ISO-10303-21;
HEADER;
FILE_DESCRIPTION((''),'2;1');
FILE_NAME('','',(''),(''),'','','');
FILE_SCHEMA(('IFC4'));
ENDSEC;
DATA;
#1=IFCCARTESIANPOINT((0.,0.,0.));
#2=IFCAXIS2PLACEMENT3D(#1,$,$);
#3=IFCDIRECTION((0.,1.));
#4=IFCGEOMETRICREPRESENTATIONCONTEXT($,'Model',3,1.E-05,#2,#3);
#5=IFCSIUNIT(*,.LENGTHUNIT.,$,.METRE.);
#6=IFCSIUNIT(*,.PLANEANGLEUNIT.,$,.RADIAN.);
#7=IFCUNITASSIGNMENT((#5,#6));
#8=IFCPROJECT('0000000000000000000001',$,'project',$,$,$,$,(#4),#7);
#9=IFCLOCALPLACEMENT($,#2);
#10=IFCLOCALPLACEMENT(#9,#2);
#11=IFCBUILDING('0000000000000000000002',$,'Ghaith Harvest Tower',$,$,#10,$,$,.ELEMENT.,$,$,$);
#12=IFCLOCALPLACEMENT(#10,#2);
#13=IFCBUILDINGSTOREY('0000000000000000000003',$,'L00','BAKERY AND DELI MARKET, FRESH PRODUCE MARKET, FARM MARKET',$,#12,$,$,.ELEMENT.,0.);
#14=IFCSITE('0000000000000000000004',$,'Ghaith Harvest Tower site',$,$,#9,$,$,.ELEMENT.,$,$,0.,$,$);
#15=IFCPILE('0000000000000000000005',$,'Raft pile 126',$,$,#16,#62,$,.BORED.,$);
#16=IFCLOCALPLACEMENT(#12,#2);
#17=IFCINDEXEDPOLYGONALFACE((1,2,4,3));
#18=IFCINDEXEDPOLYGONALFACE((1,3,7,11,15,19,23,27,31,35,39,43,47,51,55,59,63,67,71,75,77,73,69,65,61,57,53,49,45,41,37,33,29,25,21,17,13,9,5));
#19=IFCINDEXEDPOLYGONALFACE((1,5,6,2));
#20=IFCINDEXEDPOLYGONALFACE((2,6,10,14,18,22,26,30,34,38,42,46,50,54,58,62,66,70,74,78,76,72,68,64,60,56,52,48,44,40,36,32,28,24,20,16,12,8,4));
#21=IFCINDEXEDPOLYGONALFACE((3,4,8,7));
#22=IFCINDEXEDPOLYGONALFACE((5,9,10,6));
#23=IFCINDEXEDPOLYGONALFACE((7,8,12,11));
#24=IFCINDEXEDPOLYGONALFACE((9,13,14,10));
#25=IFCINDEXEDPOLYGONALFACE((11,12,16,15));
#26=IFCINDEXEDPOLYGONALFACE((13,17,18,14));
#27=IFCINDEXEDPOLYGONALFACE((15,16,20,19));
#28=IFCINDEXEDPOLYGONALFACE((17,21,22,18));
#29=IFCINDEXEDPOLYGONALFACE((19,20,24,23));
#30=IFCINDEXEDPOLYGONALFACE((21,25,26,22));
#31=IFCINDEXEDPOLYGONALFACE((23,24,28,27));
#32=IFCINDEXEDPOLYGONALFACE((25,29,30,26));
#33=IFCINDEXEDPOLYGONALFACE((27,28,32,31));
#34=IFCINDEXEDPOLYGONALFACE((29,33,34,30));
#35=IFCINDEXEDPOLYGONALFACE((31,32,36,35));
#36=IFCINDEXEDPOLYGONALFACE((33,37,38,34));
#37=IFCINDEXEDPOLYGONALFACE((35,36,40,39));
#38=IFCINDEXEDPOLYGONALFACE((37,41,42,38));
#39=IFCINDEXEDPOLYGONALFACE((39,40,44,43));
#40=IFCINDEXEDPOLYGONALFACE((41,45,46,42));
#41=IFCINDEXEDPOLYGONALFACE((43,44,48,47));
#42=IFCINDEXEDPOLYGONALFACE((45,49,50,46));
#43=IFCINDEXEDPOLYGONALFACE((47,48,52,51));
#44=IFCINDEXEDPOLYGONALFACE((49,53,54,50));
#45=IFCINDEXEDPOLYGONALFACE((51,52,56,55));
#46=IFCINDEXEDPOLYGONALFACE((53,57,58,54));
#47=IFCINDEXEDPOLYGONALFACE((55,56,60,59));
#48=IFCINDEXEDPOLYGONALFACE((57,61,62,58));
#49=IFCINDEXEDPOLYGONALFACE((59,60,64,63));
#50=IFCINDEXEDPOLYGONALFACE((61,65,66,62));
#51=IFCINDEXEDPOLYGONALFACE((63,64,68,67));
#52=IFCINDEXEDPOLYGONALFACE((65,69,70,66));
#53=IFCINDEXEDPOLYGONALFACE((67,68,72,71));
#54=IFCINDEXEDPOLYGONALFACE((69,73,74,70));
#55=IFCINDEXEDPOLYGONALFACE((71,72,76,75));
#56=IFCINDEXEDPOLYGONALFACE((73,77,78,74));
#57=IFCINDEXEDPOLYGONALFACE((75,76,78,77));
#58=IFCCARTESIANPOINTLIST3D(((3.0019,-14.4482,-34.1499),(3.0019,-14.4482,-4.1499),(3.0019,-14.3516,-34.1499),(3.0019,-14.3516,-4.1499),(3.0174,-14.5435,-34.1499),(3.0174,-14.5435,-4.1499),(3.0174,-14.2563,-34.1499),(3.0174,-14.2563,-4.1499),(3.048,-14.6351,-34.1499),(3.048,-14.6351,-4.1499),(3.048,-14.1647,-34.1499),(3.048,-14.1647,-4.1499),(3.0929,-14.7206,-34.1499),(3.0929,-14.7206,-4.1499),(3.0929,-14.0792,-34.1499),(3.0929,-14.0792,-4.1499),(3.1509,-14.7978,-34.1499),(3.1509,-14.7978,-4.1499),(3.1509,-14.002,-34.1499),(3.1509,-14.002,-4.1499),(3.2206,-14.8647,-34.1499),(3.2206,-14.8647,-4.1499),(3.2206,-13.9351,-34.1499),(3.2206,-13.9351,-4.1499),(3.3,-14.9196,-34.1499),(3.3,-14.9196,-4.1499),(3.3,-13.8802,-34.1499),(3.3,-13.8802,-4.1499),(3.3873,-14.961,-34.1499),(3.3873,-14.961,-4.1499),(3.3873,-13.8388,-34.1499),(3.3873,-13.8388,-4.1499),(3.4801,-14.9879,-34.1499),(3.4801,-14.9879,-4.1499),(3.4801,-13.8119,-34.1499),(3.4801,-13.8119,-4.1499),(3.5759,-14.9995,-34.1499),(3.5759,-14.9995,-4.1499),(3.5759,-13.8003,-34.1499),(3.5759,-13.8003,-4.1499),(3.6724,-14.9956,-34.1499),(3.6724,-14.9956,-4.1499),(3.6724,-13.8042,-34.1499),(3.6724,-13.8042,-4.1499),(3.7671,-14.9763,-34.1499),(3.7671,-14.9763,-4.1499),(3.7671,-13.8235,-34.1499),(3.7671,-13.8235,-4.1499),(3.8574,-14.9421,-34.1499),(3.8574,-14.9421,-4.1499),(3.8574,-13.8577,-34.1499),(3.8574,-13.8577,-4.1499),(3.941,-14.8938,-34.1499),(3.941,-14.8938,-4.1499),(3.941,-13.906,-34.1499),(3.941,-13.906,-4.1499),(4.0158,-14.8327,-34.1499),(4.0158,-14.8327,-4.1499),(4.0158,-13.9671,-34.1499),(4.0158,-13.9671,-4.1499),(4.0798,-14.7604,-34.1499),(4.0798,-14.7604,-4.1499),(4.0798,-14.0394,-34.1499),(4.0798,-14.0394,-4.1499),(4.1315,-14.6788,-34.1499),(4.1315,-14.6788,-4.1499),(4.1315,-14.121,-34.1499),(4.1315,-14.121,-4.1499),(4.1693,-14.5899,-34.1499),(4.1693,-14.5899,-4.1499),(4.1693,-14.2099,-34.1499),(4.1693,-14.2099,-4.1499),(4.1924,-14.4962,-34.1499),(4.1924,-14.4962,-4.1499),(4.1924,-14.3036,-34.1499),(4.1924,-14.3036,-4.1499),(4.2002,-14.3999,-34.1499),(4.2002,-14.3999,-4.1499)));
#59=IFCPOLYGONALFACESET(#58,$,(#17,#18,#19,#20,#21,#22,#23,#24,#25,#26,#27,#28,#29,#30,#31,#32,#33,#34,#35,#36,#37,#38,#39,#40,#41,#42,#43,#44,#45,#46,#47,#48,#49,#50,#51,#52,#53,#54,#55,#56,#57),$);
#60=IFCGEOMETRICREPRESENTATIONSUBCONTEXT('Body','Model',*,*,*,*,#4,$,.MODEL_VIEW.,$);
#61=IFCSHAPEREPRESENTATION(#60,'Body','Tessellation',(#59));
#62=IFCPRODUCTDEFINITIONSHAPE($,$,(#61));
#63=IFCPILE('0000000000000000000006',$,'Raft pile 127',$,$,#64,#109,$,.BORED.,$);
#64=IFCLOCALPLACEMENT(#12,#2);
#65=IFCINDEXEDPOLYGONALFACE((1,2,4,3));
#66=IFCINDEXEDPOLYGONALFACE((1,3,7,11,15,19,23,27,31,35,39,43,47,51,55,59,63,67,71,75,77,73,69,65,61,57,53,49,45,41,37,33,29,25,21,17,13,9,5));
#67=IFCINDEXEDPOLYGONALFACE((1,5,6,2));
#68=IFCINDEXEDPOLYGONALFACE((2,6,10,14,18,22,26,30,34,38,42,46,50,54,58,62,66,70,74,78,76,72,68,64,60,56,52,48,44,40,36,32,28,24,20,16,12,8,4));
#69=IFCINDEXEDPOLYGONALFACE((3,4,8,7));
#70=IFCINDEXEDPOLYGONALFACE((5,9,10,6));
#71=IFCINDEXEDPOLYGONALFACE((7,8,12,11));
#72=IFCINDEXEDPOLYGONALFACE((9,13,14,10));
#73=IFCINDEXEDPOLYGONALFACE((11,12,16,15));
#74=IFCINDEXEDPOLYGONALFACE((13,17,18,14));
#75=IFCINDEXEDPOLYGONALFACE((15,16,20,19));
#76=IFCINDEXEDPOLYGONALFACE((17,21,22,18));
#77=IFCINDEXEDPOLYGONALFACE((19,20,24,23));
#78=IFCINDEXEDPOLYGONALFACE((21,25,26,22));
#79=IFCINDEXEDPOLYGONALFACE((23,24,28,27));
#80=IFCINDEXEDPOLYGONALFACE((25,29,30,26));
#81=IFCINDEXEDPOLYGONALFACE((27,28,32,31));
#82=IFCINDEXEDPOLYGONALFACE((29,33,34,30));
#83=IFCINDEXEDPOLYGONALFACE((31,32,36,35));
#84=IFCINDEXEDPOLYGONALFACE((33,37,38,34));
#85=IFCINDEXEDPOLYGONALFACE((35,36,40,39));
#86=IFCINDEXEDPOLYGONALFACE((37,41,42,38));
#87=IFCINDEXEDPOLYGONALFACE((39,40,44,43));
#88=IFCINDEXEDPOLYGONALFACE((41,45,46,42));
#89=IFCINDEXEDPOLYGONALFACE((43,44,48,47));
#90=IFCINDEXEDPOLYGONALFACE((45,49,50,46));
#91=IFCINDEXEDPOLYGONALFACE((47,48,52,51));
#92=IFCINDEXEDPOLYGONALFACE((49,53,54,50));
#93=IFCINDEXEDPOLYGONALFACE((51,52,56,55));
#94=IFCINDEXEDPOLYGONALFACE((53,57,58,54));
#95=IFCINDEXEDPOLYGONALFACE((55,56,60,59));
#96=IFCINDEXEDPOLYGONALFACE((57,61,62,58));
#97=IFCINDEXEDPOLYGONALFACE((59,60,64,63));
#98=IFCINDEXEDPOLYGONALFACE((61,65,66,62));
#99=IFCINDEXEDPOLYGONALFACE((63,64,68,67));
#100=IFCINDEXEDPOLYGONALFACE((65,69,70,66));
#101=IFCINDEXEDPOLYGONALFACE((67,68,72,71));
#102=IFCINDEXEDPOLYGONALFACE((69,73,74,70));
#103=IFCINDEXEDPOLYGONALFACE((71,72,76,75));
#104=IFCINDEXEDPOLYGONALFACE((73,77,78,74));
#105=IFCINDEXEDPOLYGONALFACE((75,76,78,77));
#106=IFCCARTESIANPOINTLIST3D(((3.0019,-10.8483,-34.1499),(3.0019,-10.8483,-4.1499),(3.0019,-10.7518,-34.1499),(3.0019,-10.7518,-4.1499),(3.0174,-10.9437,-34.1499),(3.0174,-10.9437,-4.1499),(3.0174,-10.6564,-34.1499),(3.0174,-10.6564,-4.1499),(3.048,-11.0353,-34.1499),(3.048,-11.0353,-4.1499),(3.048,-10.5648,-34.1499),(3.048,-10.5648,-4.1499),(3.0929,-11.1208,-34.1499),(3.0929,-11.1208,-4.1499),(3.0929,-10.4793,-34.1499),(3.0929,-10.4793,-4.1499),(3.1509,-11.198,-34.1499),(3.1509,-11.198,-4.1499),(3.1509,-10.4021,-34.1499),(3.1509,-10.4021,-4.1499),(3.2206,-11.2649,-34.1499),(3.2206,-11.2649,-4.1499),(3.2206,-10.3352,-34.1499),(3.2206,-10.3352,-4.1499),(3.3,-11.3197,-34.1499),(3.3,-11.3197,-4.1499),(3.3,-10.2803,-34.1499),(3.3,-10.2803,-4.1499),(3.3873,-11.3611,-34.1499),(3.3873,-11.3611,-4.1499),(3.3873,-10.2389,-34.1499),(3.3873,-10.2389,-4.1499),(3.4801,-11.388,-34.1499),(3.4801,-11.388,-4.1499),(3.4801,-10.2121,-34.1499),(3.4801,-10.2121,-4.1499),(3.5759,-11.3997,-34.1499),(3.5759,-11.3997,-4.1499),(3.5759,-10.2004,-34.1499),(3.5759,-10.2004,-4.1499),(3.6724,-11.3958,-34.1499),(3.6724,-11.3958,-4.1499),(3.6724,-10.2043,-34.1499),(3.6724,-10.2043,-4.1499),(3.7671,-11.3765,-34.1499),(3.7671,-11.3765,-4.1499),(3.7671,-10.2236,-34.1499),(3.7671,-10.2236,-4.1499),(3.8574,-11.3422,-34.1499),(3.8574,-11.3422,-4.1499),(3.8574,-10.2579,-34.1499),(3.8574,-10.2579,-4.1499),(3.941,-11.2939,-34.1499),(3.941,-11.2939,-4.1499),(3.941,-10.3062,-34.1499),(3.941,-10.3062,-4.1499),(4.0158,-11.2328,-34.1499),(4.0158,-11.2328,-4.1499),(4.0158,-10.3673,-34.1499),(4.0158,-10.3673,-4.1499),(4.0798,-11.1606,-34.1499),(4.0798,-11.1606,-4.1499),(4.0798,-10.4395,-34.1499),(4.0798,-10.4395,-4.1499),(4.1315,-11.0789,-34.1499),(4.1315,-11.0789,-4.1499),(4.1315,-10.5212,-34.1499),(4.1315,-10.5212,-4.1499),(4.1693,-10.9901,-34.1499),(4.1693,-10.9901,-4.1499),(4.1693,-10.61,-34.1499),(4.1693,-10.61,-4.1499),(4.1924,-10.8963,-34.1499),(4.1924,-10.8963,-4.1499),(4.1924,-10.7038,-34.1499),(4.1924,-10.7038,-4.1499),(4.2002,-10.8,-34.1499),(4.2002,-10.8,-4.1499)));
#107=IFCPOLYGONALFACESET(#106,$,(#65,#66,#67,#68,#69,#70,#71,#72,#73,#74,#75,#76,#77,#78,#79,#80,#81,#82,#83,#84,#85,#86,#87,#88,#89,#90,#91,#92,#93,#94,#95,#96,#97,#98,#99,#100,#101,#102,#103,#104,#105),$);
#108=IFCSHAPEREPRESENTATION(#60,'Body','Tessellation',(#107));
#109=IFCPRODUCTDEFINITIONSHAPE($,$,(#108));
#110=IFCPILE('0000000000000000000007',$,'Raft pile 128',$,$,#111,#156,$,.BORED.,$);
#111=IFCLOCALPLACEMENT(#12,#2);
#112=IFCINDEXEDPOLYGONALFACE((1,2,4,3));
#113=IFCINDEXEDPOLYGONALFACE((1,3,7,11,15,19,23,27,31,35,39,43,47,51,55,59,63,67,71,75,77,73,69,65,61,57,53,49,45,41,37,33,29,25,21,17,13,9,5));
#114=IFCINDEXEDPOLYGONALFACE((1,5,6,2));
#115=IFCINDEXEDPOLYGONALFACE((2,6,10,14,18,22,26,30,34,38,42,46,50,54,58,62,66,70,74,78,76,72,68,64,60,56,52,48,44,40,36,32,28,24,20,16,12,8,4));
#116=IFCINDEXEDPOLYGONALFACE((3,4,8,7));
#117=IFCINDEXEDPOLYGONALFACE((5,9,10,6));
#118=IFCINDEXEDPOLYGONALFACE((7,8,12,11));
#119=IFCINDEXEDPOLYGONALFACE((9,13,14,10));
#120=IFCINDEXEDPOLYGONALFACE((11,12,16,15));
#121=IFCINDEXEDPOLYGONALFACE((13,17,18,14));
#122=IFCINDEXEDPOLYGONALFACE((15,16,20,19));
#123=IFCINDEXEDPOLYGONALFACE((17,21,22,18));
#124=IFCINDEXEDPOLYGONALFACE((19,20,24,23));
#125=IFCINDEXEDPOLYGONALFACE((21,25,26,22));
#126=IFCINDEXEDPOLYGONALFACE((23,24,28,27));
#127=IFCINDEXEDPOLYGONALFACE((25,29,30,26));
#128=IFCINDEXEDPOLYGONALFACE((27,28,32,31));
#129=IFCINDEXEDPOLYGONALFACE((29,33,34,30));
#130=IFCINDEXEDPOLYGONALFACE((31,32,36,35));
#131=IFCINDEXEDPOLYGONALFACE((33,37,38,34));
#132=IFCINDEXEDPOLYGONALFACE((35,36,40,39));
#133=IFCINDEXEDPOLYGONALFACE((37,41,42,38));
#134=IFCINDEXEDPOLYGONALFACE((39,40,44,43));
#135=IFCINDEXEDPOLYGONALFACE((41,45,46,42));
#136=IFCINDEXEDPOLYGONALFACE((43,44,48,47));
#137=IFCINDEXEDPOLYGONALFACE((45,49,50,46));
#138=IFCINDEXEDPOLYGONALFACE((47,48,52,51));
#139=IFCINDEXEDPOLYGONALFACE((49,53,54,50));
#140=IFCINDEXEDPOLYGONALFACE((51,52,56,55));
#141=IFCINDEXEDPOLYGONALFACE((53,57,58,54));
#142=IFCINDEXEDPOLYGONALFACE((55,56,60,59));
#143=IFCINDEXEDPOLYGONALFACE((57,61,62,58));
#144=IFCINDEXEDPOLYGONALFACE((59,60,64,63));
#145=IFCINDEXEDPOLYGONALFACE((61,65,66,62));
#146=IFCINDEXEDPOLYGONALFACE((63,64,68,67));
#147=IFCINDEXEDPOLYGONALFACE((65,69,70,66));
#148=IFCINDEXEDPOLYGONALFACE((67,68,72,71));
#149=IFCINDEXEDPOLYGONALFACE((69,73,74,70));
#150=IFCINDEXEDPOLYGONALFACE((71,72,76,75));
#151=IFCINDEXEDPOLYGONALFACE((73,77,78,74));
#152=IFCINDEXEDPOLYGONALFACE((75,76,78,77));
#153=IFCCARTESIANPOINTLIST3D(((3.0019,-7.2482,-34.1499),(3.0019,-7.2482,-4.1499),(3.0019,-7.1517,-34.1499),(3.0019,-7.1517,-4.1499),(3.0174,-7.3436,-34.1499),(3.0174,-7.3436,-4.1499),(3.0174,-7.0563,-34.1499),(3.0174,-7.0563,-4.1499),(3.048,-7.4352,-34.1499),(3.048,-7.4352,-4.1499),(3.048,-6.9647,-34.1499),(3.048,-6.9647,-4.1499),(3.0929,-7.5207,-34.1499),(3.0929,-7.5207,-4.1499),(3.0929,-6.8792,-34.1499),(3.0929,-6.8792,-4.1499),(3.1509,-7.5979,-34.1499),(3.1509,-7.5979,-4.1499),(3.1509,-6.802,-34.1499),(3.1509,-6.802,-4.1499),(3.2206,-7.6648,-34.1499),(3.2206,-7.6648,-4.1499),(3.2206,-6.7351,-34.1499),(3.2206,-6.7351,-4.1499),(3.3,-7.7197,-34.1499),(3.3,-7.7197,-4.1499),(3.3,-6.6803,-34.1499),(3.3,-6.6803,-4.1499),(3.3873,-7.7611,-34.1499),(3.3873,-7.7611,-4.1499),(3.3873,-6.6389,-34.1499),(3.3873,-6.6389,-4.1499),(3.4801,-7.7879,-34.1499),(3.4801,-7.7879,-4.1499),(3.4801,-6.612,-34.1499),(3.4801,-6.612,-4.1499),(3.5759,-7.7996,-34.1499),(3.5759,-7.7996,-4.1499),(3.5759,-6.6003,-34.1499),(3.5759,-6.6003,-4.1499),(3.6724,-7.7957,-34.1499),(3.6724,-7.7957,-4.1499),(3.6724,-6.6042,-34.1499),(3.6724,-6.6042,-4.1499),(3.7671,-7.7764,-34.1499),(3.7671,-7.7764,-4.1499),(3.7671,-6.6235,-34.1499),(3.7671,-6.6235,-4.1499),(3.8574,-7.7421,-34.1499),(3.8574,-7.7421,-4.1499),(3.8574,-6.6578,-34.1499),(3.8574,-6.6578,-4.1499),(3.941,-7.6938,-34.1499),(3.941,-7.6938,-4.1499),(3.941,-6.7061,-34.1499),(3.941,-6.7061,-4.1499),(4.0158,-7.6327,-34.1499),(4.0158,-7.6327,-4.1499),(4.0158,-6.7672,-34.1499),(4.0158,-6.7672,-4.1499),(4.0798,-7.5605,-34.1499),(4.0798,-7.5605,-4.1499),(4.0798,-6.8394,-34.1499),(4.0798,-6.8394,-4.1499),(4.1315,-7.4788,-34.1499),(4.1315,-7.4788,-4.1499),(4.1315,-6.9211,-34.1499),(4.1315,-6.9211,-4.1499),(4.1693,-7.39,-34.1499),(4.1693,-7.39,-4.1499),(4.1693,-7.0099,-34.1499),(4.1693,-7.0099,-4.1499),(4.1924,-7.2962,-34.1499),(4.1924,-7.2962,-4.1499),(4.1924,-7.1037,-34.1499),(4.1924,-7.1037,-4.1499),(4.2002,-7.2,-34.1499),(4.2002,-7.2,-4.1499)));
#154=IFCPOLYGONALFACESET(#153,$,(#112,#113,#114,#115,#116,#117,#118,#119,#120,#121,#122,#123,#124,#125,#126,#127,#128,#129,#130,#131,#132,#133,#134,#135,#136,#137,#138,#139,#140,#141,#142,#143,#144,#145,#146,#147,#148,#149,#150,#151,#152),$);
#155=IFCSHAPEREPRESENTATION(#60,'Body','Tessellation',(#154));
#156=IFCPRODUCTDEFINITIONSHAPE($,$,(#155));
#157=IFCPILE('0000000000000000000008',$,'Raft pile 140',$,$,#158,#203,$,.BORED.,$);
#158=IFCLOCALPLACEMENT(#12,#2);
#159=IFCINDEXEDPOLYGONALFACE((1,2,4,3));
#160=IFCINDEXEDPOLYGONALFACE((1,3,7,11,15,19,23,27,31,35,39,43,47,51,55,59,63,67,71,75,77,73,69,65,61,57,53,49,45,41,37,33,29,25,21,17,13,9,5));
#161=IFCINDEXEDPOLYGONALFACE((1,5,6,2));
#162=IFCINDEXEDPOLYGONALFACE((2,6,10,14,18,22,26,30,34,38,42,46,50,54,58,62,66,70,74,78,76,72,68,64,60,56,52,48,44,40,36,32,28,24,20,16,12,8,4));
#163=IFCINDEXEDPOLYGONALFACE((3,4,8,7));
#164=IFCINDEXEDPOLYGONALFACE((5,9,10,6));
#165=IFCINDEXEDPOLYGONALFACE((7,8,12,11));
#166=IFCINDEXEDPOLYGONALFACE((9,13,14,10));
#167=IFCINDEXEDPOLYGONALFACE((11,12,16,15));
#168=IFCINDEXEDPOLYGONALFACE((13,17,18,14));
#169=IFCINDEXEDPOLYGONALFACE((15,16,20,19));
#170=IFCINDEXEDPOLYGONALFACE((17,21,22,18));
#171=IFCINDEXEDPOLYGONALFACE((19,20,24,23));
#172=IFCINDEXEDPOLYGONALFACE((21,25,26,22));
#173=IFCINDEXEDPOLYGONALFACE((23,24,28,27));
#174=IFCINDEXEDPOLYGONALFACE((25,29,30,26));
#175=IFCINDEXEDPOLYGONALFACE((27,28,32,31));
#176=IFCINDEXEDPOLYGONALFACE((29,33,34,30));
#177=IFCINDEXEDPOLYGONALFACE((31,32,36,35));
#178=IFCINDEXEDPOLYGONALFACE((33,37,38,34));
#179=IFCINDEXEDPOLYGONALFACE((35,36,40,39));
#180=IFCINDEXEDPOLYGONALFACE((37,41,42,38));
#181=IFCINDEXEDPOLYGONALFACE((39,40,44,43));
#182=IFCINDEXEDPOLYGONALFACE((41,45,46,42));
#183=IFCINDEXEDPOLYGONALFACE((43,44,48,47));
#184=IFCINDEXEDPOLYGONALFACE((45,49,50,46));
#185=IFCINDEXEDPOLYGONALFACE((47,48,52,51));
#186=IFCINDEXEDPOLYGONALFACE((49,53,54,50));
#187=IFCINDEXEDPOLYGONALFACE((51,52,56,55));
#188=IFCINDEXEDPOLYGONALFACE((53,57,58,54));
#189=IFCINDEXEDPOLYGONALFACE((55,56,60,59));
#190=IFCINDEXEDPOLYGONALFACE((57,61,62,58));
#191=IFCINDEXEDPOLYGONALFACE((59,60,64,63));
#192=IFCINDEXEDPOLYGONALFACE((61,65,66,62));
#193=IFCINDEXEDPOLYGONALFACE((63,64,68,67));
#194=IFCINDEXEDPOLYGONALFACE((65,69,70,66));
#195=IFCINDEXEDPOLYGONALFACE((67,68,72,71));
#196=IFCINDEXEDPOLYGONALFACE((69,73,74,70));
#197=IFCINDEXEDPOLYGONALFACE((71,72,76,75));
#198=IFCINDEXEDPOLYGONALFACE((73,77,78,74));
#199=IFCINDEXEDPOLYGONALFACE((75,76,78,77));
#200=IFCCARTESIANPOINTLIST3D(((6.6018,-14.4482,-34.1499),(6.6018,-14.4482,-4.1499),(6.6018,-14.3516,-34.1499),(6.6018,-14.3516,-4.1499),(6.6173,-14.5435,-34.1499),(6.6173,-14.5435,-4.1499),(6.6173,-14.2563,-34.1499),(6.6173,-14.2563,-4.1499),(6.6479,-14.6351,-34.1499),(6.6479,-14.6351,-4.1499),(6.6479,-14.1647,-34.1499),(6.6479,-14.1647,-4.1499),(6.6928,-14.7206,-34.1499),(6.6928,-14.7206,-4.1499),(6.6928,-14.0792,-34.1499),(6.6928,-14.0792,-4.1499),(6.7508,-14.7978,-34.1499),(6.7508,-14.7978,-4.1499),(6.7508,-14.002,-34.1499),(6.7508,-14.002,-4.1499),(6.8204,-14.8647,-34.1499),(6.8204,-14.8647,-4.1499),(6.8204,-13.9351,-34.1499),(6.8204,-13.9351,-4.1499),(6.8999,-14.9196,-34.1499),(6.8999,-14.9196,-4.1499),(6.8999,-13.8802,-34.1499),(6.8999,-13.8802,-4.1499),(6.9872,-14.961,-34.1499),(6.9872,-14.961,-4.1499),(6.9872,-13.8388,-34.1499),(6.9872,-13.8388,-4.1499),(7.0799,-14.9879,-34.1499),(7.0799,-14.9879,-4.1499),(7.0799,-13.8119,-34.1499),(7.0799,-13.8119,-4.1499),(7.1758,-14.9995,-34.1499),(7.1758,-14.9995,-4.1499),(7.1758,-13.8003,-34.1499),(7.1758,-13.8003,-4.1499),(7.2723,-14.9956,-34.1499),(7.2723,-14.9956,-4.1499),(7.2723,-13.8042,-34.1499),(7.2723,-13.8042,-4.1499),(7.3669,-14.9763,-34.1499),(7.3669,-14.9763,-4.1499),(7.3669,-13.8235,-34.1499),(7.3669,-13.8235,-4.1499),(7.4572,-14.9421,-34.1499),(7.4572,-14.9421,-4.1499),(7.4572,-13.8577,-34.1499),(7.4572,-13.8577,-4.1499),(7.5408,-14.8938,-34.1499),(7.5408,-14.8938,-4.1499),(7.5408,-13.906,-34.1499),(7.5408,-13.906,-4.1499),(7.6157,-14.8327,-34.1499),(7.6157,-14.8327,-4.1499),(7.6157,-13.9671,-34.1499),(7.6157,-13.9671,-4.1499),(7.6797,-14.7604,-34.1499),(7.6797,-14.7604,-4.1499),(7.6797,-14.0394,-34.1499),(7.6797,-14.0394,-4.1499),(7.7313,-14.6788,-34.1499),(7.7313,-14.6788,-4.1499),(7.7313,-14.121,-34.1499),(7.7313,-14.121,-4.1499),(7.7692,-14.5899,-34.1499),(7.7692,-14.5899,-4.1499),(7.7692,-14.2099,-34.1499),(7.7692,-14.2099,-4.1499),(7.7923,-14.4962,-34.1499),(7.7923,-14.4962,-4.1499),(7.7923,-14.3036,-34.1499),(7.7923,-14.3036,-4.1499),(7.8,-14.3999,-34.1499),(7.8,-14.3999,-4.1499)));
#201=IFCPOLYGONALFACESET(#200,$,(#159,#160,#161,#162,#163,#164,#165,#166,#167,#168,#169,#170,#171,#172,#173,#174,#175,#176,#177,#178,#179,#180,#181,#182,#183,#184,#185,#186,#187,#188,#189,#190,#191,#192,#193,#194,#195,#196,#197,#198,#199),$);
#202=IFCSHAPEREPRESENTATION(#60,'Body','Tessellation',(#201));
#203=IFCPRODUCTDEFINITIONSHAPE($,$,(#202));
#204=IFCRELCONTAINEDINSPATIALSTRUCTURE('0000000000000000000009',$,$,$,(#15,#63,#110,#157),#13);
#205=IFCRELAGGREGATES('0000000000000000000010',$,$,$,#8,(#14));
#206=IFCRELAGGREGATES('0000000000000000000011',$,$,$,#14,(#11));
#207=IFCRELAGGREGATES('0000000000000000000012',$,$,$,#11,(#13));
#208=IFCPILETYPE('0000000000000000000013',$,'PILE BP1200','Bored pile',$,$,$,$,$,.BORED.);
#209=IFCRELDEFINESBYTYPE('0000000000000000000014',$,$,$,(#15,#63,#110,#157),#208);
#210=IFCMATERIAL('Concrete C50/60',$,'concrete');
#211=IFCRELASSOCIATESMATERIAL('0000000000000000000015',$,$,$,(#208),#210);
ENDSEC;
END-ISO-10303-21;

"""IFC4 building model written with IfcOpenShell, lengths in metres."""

from ifc_helpers import new_model, si_unit, direction, frame, origin, origin_2d, place, context, subcontext, project, spatial, circle, extrude, material, material_profile, profile_set, type_object, element, save


model = new_model("IFC4")

# Units and contexts
model_context = context("Model", 3, precision=1e-05, world=origin(), true_north=direction((0.0, 1.0)))
body_context = subcontext(model_context, "Body", "Model", "MODEL_VIEW")
ifc_project = project(units=[si_unit("LENGTHUNIT", "METRE"), si_unit("PLANEANGLEUNIT", "RADIAN")], contexts=[model_context])

# Site, building, storey
site_placement = place(None, origin())
site = spatial("IfcSite", under=ifc_project, at=site_placement, Name="Ghaith Harvest Tower site", CompositionType="ELEMENT", RefElevation=0.0)
building_placement = place(site_placement, origin())
building = spatial("IfcBuilding", under=site, at=building_placement, Name="Ghaith Harvest Tower", CompositionType="ELEMENT")
storey_placement = place(building_placement, origin())
storey = spatial("IfcBuildingStorey", under=building, at=storey_placement, Name="L00", Description="BAKERY AND DELI MARKET, FRESH PRODUCE MARKET, FARM MARKET", CompositionType="ELEMENT", Elevation=0.0)

# Piles
ifc_material_1 = material(Name="Concrete C50/60", Category="concrete")
ifc_material_profile = material_profile(ifc_material_1, circle(Radius=0.6001, at=origin_2d()), Name="PILE1200")
ifc_profile_set = profile_set([ifc_material_profile], Name="Concrete C50/60")
pile_type = type_object("IfcPileType", Name="PILE BP1200", Description="Bored pile", PredefinedType="BORED", material=ifc_profile_set)
for number, where, z_axis, x_axis, name in (
    (1, (3.6001, -14.3999, -4.1499), (0.0, 0.0, -1.0), (1.0, 0.0, 0.0), "Raft pile 126"),
    (2, (3.6001, -10.8, -4.1499), (0.0, 0.0, -1.0), (1.0, 0.0, 0.0), "Raft pile 127"),
    (3, (3.6001, -7.2, -4.1499), (0.0, 0.0, -1.0), (1.0, 0.0, 0.0), "Raft pile 128"),
    (4, (7.2, -14.3999, -4.1499), (0.0, 0.0, -1.0), (1.0, 0.0, 0.0), "Raft pile 140"),
):
    element("IfcPile", number, at=place(storey_placement, frame(where, z_axis=z_axis, x_axis=x_axis)), inside=storey, type_object=pile_type, Name=name, PredefinedType="BORED", context=body_context, shape_type="SweptSolid", body=[
        extrude(circle(Radius=0.6001, at=origin_2d()), origin(), (0.0, 0.0, 1.0), 30.0),
    ])

save(model, "model.ifc")
